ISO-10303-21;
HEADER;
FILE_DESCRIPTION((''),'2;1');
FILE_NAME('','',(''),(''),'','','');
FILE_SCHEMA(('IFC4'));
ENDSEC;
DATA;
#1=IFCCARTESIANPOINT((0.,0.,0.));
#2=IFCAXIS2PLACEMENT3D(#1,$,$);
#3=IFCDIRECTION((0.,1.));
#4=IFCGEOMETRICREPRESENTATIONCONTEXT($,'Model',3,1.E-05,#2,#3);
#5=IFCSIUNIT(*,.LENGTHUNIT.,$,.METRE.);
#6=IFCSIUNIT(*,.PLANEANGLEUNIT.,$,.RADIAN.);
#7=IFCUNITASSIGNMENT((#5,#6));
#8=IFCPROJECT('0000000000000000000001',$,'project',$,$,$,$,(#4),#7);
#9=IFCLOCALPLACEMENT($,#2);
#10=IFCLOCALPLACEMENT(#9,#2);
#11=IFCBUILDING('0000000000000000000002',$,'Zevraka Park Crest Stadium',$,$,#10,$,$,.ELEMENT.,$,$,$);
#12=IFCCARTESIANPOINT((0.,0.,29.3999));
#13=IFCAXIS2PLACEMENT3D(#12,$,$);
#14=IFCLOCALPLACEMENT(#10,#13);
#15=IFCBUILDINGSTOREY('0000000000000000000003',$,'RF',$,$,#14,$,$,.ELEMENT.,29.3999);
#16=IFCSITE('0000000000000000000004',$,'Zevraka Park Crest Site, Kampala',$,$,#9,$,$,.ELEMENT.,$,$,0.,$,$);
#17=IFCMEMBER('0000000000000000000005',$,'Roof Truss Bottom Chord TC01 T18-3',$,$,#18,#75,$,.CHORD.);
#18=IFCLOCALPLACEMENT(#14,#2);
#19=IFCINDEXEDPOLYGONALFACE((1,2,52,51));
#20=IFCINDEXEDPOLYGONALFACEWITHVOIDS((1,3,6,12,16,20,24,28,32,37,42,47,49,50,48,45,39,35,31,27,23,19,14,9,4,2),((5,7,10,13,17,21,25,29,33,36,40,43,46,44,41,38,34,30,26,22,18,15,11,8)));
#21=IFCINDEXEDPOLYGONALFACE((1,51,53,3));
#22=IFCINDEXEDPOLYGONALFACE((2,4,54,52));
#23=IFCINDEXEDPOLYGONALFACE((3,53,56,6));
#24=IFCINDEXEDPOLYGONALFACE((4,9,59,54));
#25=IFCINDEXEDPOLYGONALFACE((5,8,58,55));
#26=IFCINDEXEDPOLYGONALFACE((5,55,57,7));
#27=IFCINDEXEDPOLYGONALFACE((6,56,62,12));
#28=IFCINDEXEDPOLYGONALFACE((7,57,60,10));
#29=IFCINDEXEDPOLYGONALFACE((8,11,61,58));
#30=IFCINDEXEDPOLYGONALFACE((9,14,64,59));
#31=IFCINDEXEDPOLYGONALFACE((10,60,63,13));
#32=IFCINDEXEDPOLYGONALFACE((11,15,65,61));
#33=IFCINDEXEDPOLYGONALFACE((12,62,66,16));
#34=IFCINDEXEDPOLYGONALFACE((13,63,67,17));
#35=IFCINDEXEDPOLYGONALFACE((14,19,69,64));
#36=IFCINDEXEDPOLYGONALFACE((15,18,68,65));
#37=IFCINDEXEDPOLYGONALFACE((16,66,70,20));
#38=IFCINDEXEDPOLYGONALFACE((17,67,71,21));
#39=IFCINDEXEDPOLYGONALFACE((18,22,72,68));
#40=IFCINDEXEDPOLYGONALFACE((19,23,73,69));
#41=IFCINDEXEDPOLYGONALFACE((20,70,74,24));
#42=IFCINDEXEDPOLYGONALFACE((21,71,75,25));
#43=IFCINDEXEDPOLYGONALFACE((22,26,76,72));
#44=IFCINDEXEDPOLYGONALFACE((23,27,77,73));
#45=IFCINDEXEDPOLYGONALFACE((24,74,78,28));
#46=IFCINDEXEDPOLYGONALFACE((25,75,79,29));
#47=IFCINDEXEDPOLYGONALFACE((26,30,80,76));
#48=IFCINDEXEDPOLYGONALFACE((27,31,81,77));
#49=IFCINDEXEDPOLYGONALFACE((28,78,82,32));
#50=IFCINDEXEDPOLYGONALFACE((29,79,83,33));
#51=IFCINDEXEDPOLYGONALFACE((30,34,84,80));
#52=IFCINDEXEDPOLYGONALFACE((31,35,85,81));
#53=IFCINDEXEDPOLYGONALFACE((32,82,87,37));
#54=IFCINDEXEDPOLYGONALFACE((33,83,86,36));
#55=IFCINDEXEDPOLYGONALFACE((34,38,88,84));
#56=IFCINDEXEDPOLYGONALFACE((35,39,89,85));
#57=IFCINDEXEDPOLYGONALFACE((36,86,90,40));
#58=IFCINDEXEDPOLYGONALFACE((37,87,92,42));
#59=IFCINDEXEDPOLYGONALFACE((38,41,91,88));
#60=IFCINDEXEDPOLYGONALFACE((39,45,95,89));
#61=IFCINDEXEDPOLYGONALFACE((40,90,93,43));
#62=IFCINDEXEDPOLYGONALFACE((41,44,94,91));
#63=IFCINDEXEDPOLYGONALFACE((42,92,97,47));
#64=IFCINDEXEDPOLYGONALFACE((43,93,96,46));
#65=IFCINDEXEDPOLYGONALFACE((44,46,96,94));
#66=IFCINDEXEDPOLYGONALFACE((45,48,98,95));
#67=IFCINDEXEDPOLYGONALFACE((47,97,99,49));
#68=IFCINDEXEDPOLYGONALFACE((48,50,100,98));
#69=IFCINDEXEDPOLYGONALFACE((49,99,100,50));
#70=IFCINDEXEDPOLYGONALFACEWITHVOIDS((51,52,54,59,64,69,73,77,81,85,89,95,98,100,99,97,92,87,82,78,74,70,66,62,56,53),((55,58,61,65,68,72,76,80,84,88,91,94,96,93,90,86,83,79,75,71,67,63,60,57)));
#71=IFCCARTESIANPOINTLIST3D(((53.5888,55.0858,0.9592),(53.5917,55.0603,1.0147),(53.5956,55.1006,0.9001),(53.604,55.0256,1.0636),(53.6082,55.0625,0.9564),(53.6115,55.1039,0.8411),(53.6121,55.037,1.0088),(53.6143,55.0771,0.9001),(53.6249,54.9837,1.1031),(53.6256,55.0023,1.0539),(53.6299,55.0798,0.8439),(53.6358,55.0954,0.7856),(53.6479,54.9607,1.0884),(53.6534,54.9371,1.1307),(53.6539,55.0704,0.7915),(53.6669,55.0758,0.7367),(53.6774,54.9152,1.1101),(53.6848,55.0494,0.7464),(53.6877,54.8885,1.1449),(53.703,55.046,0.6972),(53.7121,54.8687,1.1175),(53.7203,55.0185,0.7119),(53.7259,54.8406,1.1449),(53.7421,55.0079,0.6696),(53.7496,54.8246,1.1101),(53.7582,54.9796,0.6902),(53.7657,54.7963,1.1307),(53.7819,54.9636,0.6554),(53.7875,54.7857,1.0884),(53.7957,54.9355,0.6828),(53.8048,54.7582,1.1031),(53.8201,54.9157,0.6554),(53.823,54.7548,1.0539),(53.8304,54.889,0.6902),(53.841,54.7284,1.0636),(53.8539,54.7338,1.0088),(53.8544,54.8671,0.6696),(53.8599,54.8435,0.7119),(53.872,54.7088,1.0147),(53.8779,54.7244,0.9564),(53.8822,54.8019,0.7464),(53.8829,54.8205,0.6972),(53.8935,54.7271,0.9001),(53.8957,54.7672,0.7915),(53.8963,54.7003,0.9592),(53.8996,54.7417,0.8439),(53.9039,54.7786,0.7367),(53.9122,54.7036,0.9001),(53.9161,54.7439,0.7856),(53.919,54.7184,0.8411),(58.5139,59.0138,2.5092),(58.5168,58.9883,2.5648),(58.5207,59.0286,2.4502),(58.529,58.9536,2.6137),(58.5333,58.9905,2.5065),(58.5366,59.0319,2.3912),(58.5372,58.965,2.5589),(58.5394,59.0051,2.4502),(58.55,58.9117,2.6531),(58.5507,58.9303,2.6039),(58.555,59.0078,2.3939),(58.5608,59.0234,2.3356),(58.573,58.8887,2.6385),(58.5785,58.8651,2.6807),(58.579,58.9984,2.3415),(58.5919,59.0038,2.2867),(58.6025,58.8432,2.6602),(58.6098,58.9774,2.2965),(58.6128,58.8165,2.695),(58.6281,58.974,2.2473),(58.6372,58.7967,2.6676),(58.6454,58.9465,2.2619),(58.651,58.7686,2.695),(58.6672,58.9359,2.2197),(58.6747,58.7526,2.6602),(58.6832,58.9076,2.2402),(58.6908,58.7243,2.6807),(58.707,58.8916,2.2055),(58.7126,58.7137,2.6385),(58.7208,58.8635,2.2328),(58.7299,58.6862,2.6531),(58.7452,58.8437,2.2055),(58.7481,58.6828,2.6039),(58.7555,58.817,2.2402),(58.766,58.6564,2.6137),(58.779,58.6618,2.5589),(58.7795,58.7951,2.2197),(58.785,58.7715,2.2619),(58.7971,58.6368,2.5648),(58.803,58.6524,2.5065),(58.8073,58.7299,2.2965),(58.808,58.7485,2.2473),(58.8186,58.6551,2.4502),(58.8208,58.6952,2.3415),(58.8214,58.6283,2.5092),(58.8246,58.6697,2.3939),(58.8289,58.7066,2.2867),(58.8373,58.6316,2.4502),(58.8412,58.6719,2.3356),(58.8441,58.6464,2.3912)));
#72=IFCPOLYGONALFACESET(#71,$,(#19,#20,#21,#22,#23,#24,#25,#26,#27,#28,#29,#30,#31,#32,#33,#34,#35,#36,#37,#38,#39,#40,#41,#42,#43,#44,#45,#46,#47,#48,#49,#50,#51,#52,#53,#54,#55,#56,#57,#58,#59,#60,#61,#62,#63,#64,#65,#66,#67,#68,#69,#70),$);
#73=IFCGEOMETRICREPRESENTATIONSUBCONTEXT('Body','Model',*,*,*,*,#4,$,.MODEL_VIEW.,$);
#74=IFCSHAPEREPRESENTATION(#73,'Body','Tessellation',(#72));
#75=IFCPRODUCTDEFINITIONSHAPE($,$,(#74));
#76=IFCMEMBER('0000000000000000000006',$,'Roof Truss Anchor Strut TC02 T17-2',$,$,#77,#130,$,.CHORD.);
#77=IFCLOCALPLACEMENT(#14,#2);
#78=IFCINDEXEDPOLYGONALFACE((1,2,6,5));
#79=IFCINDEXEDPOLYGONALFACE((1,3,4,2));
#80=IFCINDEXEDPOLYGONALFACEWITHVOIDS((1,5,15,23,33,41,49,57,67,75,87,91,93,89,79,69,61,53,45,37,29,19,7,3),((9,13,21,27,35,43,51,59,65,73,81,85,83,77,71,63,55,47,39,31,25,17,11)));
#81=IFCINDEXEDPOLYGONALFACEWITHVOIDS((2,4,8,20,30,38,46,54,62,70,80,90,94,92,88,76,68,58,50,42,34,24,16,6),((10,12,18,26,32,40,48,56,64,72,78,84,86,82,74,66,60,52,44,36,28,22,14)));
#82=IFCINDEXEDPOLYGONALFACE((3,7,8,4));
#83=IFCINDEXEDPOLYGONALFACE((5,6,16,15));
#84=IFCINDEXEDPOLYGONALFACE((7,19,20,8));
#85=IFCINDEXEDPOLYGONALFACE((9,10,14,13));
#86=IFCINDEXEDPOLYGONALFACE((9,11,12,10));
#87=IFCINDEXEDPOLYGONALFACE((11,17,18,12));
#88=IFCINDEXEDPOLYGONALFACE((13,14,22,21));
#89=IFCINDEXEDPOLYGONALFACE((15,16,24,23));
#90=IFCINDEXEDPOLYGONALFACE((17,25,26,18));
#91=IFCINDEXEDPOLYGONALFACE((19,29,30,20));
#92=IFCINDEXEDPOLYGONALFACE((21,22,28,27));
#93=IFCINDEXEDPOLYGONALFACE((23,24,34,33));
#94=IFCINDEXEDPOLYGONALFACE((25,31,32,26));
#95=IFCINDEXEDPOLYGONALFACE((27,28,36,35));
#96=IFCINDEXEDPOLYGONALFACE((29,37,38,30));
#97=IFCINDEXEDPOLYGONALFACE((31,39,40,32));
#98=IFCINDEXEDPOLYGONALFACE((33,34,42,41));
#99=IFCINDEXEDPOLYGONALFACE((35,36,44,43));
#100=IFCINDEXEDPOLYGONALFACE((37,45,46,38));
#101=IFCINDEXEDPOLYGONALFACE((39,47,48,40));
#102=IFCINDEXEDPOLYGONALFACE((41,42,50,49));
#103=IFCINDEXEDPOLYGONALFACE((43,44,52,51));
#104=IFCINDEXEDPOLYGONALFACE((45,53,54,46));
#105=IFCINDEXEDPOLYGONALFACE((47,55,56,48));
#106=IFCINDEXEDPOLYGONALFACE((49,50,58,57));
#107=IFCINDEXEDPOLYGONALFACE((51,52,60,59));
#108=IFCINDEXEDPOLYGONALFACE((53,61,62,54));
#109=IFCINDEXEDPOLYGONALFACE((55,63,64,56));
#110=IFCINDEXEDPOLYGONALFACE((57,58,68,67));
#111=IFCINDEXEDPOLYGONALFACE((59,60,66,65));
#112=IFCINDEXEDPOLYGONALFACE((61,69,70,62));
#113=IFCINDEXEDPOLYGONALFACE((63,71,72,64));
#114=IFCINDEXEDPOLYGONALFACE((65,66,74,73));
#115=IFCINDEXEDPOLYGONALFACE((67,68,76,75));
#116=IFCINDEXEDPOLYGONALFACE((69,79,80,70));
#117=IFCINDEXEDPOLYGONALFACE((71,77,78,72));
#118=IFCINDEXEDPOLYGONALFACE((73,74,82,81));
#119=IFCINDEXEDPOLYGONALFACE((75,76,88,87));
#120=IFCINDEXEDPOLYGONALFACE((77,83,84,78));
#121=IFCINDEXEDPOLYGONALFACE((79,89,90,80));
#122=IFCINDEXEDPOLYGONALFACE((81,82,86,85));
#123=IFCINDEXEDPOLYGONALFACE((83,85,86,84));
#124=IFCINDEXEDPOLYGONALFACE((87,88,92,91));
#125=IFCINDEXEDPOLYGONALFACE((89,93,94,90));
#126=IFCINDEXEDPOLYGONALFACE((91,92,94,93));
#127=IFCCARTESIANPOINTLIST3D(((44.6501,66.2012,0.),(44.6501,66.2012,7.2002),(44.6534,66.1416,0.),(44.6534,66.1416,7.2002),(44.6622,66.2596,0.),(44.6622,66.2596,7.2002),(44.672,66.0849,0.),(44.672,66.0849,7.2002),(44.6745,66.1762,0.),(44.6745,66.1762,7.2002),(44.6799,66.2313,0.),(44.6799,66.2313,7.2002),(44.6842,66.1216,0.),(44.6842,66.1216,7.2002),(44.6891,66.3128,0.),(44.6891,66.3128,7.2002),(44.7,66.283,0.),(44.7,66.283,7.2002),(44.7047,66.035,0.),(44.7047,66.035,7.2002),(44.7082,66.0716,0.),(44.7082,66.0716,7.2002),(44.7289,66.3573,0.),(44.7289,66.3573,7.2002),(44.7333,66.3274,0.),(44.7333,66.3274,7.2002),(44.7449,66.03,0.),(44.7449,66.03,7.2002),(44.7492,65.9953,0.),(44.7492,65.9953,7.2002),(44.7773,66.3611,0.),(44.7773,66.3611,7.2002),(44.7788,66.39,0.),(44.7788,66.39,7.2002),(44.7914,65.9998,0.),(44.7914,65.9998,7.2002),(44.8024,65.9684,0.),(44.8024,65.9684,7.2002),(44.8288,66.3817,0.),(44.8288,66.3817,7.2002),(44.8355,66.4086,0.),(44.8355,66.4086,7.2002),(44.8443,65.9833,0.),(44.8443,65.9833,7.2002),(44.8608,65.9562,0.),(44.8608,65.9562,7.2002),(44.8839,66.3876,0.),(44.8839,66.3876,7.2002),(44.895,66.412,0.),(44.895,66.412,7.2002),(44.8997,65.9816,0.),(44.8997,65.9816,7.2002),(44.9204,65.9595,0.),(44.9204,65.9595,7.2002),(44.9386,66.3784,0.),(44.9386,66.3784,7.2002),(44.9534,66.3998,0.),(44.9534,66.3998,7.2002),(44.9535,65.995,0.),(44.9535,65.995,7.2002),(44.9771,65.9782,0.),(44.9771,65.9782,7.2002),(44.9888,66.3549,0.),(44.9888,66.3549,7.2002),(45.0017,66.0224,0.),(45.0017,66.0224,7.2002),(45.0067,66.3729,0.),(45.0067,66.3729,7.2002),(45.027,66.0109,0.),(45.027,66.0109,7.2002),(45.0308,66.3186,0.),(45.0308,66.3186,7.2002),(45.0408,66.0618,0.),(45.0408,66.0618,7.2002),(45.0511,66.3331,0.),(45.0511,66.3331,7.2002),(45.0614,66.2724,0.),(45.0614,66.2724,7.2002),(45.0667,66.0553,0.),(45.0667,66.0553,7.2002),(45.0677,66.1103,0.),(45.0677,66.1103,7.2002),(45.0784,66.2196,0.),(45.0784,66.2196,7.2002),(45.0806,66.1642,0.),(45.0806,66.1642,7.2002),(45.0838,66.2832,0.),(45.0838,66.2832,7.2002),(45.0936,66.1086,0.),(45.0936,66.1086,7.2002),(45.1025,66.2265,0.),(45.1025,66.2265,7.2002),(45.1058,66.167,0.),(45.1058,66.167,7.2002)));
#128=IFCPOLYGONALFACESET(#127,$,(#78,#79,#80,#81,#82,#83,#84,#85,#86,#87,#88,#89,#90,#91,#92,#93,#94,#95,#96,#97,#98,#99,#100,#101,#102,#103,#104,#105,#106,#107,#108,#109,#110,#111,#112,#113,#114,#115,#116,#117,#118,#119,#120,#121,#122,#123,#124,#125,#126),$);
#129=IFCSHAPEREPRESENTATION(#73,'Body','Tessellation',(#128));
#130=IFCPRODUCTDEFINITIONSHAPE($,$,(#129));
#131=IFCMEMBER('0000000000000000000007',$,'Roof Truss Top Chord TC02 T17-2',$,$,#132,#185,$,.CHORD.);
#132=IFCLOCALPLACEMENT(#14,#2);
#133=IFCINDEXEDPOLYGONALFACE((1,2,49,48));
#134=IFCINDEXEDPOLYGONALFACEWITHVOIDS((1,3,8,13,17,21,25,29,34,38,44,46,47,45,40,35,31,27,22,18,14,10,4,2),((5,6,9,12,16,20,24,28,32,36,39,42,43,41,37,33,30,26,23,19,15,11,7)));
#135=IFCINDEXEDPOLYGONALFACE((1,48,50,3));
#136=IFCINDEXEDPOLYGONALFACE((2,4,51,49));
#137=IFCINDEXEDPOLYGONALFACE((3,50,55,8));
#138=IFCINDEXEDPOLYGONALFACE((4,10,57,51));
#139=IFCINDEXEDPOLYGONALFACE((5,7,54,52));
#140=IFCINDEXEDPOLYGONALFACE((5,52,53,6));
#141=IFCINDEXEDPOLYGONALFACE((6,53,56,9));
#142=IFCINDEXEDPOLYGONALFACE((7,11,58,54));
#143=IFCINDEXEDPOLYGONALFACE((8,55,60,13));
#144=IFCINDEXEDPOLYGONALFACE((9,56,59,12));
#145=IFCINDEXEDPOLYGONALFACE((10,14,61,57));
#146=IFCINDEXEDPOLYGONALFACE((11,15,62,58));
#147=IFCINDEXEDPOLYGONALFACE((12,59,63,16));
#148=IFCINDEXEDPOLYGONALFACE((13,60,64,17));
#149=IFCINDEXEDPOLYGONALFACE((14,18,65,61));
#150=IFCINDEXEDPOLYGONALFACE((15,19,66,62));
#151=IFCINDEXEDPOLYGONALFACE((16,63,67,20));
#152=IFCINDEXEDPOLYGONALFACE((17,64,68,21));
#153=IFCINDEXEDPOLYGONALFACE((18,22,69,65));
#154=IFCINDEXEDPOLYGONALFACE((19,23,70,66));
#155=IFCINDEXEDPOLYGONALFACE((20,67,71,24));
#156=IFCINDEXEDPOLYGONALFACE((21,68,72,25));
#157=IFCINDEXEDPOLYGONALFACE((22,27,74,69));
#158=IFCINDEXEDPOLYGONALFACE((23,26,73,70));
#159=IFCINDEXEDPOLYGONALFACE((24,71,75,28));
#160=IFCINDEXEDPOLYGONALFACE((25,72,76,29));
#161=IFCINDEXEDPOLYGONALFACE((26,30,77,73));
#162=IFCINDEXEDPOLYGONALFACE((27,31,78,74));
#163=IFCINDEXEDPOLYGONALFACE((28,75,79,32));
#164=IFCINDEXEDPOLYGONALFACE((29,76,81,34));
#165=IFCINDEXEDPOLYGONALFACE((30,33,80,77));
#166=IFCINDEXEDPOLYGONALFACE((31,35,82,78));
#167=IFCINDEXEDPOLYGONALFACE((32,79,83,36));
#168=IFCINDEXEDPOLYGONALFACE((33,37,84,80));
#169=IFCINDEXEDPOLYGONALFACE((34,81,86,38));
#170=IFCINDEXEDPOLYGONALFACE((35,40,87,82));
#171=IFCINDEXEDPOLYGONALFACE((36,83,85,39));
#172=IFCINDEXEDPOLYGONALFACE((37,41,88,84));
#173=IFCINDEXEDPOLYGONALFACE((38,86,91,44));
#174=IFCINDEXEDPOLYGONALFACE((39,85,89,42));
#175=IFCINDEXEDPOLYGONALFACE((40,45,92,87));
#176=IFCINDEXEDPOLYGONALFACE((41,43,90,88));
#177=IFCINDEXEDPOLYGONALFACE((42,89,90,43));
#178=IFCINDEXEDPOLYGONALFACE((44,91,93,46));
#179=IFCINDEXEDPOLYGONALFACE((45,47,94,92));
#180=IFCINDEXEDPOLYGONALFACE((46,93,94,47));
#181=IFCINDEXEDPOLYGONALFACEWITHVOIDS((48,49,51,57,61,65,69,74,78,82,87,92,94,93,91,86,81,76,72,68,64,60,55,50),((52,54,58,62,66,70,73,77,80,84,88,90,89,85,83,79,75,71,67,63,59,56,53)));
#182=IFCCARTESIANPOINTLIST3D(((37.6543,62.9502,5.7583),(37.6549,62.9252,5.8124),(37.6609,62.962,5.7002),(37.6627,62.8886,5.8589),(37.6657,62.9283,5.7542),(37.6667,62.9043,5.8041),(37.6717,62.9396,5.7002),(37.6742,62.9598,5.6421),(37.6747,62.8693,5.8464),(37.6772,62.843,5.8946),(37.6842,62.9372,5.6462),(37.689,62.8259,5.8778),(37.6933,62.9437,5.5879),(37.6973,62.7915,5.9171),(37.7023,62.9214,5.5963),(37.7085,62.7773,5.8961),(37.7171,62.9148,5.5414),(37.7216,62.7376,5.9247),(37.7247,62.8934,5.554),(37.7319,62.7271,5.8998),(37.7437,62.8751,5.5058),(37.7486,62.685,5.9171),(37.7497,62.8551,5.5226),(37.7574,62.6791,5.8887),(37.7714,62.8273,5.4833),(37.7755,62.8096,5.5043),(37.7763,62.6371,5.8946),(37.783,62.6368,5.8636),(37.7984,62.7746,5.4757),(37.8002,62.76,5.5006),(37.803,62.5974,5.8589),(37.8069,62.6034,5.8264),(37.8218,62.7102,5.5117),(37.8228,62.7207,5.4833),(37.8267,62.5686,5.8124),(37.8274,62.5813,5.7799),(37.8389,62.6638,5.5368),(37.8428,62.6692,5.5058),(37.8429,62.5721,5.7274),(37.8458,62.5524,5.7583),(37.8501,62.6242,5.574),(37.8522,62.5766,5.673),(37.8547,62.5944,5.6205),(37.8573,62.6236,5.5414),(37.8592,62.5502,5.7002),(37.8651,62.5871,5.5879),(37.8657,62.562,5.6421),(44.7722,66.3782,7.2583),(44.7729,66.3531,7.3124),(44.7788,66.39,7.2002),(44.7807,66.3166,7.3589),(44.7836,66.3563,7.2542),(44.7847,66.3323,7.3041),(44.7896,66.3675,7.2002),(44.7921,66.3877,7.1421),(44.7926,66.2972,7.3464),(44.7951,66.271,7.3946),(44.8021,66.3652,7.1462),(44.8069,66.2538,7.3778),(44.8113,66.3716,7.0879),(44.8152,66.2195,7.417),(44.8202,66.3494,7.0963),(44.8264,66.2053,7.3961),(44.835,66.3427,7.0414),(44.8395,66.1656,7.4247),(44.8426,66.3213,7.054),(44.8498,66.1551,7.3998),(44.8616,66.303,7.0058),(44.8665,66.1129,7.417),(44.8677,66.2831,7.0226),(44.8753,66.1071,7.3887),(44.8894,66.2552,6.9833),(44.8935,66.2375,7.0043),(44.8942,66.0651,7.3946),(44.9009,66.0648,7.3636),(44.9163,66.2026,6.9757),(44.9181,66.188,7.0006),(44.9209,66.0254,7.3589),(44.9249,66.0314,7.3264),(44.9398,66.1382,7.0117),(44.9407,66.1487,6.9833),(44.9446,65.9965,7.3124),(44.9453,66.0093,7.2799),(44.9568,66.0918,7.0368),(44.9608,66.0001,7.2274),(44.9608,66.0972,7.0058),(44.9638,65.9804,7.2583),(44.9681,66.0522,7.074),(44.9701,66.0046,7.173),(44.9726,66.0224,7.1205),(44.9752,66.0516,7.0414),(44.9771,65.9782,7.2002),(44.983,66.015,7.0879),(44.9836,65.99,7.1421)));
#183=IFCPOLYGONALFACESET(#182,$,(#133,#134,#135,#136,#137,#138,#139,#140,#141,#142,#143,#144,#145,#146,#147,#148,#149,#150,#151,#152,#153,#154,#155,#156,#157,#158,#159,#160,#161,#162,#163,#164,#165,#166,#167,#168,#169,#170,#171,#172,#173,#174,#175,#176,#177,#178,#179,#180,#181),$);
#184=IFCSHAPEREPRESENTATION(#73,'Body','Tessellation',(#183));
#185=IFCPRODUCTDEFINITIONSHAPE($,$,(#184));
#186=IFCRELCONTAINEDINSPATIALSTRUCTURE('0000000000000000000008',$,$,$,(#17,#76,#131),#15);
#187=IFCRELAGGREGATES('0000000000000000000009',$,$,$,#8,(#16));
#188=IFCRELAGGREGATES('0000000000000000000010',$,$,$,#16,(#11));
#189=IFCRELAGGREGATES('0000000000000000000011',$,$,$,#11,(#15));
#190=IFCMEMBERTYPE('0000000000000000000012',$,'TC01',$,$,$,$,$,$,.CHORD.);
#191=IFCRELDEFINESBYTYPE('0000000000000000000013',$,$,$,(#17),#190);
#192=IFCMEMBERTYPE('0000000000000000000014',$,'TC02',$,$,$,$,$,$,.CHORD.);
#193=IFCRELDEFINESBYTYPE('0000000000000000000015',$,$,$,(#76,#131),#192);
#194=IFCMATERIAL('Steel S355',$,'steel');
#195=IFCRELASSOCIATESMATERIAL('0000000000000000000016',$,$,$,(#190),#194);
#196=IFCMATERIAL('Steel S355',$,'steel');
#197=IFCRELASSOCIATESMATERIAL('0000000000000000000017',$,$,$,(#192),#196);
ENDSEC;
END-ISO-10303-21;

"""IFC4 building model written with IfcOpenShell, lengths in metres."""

from ifc_helpers import new_model, si_unit, direction, frame, origin, origin_2d, place, context, subcontext, project, spatial, hollow_circle, extrude, material, material_profile, profile_set, type_object, element, save


model = new_model("IFC4")

# Units and contexts
model_context = context("Model", 3, precision=1e-05, world=origin(), true_north=direction((0.0, 1.0)))
body_context = subcontext(model_context, "Body", "Model", "MODEL_VIEW")
ifc_project = project(units=[si_unit("LENGTHUNIT", "METRE"), si_unit("PLANEANGLEUNIT", "RADIAN")], contexts=[model_context])

# Site, building, storey
site_placement = place(None, origin())
site = spatial("IfcSite", under=ifc_project, at=site_placement, Name="Zevraka Park Crest Site, Kampala", CompositionType="ELEMENT", RefElevation=0.0)
building_placement = place(site_placement, origin())
building = spatial("IfcBuilding", under=site, at=building_placement, Name="Zevraka Park Crest Stadium", CompositionType="ELEMENT")
storey_placement = place(building_placement, frame((0.0, 0.0, 29.3999)))
storey = spatial("IfcBuildingStorey", under=building, at=storey_placement, Name="RF", CompositionType="ELEMENT", Elevation=29.3999)

# Members
ifc_material_1 = material(Name="Steel S355", Category="steel")
ifc_material_profile_1 = material_profile(ifc_material_1, hollow_circle(Radius=0.2539, WallThickness=0.03, at=origin_2d()), Name="CHS 508.0x30")
ifc_profile_set_1 = profile_set([ifc_material_profile_1], Name="Steel S355")
member_type_1 = type_object("IfcMemberType", Name="TC01", PredefinedType="CHORD", material=ifc_profile_set_1)
for number, where, z_axis, x_axis, name in (
    (1, (53.7539, 54.9021, 0.9001), (0.759159, 0.605468, 0.238928), (-0.623527, 0.781802, 0.0), "Roof Truss Bottom Chord TC01 T18-3"),
):
    element("IfcMember", number, at=place(storey_placement, frame(where, z_axis=z_axis, x_axis=x_axis)), inside=storey, type_object=member_type_1, Name=name, PredefinedType="CHORD", context=body_context, shape_type="SweptSolid", body=[
        extrude(hollow_circle(Radius=0.2539, WallThickness=0.03, at=origin_2d()), origin(), (0.0, 0.0, 1.0), 6.4875),
    ])
ifc_material_2 = material(Name="Steel S355", Category="steel")
ifc_material_profile_2 = material_profile(ifc_material_2, hollow_circle(Radius=0.2285, WallThickness=0.0249, at=origin_2d()), Name="CHS 457.0x25")
ifc_profile_set_2 = profile_set([ifc_material_profile_2], Name="Steel S355")
member_type_2 = type_object("IfcMemberType", Name="TC02", PredefinedType="CHORD", material=ifc_profile_set_2)
member_1_placement = place(storey_placement, frame((44.8779, 66.1841, 0.0), z_axis=(0.0, 0.0, 1.0), x_axis=(0.901001, 0.433816, 0.0)))
element("IfcMember", 2, at=member_1_placement, inside=storey, type_object=member_type_2, Name="Roof Truss Anchor Strut TC02 T17-2", PredefinedType="CHORD", context=body_context, shape_type="SweptSolid", body=[
    extrude(hollow_circle(Radius=0.2285, WallThickness=0.0249, at=origin_2d()), origin(), (0.0, 0.0, 1.0), 7.2002),
])
member_2_placement = place(storey_placement, frame((37.76, 62.7561, 5.7002), z_axis=(0.885148, 0.426286, 0.186532), x_axis=(-0.433901, 0.900961, 0.0)))
element("IfcMember", 3, at=member_2_placement, inside=storey, type_object=member_type_2, Name="Roof Truss Top Chord TC02 T17-2", PredefinedType="CHORD", context=body_context, shape_type="SweptSolid", body=[
    extrude(hollow_circle(Radius=0.2285, WallThickness=0.0249, at=origin_2d()), origin(), (0.0, 0.0, 1.0), 8.0415),
])

save(model, "model.ifc")
